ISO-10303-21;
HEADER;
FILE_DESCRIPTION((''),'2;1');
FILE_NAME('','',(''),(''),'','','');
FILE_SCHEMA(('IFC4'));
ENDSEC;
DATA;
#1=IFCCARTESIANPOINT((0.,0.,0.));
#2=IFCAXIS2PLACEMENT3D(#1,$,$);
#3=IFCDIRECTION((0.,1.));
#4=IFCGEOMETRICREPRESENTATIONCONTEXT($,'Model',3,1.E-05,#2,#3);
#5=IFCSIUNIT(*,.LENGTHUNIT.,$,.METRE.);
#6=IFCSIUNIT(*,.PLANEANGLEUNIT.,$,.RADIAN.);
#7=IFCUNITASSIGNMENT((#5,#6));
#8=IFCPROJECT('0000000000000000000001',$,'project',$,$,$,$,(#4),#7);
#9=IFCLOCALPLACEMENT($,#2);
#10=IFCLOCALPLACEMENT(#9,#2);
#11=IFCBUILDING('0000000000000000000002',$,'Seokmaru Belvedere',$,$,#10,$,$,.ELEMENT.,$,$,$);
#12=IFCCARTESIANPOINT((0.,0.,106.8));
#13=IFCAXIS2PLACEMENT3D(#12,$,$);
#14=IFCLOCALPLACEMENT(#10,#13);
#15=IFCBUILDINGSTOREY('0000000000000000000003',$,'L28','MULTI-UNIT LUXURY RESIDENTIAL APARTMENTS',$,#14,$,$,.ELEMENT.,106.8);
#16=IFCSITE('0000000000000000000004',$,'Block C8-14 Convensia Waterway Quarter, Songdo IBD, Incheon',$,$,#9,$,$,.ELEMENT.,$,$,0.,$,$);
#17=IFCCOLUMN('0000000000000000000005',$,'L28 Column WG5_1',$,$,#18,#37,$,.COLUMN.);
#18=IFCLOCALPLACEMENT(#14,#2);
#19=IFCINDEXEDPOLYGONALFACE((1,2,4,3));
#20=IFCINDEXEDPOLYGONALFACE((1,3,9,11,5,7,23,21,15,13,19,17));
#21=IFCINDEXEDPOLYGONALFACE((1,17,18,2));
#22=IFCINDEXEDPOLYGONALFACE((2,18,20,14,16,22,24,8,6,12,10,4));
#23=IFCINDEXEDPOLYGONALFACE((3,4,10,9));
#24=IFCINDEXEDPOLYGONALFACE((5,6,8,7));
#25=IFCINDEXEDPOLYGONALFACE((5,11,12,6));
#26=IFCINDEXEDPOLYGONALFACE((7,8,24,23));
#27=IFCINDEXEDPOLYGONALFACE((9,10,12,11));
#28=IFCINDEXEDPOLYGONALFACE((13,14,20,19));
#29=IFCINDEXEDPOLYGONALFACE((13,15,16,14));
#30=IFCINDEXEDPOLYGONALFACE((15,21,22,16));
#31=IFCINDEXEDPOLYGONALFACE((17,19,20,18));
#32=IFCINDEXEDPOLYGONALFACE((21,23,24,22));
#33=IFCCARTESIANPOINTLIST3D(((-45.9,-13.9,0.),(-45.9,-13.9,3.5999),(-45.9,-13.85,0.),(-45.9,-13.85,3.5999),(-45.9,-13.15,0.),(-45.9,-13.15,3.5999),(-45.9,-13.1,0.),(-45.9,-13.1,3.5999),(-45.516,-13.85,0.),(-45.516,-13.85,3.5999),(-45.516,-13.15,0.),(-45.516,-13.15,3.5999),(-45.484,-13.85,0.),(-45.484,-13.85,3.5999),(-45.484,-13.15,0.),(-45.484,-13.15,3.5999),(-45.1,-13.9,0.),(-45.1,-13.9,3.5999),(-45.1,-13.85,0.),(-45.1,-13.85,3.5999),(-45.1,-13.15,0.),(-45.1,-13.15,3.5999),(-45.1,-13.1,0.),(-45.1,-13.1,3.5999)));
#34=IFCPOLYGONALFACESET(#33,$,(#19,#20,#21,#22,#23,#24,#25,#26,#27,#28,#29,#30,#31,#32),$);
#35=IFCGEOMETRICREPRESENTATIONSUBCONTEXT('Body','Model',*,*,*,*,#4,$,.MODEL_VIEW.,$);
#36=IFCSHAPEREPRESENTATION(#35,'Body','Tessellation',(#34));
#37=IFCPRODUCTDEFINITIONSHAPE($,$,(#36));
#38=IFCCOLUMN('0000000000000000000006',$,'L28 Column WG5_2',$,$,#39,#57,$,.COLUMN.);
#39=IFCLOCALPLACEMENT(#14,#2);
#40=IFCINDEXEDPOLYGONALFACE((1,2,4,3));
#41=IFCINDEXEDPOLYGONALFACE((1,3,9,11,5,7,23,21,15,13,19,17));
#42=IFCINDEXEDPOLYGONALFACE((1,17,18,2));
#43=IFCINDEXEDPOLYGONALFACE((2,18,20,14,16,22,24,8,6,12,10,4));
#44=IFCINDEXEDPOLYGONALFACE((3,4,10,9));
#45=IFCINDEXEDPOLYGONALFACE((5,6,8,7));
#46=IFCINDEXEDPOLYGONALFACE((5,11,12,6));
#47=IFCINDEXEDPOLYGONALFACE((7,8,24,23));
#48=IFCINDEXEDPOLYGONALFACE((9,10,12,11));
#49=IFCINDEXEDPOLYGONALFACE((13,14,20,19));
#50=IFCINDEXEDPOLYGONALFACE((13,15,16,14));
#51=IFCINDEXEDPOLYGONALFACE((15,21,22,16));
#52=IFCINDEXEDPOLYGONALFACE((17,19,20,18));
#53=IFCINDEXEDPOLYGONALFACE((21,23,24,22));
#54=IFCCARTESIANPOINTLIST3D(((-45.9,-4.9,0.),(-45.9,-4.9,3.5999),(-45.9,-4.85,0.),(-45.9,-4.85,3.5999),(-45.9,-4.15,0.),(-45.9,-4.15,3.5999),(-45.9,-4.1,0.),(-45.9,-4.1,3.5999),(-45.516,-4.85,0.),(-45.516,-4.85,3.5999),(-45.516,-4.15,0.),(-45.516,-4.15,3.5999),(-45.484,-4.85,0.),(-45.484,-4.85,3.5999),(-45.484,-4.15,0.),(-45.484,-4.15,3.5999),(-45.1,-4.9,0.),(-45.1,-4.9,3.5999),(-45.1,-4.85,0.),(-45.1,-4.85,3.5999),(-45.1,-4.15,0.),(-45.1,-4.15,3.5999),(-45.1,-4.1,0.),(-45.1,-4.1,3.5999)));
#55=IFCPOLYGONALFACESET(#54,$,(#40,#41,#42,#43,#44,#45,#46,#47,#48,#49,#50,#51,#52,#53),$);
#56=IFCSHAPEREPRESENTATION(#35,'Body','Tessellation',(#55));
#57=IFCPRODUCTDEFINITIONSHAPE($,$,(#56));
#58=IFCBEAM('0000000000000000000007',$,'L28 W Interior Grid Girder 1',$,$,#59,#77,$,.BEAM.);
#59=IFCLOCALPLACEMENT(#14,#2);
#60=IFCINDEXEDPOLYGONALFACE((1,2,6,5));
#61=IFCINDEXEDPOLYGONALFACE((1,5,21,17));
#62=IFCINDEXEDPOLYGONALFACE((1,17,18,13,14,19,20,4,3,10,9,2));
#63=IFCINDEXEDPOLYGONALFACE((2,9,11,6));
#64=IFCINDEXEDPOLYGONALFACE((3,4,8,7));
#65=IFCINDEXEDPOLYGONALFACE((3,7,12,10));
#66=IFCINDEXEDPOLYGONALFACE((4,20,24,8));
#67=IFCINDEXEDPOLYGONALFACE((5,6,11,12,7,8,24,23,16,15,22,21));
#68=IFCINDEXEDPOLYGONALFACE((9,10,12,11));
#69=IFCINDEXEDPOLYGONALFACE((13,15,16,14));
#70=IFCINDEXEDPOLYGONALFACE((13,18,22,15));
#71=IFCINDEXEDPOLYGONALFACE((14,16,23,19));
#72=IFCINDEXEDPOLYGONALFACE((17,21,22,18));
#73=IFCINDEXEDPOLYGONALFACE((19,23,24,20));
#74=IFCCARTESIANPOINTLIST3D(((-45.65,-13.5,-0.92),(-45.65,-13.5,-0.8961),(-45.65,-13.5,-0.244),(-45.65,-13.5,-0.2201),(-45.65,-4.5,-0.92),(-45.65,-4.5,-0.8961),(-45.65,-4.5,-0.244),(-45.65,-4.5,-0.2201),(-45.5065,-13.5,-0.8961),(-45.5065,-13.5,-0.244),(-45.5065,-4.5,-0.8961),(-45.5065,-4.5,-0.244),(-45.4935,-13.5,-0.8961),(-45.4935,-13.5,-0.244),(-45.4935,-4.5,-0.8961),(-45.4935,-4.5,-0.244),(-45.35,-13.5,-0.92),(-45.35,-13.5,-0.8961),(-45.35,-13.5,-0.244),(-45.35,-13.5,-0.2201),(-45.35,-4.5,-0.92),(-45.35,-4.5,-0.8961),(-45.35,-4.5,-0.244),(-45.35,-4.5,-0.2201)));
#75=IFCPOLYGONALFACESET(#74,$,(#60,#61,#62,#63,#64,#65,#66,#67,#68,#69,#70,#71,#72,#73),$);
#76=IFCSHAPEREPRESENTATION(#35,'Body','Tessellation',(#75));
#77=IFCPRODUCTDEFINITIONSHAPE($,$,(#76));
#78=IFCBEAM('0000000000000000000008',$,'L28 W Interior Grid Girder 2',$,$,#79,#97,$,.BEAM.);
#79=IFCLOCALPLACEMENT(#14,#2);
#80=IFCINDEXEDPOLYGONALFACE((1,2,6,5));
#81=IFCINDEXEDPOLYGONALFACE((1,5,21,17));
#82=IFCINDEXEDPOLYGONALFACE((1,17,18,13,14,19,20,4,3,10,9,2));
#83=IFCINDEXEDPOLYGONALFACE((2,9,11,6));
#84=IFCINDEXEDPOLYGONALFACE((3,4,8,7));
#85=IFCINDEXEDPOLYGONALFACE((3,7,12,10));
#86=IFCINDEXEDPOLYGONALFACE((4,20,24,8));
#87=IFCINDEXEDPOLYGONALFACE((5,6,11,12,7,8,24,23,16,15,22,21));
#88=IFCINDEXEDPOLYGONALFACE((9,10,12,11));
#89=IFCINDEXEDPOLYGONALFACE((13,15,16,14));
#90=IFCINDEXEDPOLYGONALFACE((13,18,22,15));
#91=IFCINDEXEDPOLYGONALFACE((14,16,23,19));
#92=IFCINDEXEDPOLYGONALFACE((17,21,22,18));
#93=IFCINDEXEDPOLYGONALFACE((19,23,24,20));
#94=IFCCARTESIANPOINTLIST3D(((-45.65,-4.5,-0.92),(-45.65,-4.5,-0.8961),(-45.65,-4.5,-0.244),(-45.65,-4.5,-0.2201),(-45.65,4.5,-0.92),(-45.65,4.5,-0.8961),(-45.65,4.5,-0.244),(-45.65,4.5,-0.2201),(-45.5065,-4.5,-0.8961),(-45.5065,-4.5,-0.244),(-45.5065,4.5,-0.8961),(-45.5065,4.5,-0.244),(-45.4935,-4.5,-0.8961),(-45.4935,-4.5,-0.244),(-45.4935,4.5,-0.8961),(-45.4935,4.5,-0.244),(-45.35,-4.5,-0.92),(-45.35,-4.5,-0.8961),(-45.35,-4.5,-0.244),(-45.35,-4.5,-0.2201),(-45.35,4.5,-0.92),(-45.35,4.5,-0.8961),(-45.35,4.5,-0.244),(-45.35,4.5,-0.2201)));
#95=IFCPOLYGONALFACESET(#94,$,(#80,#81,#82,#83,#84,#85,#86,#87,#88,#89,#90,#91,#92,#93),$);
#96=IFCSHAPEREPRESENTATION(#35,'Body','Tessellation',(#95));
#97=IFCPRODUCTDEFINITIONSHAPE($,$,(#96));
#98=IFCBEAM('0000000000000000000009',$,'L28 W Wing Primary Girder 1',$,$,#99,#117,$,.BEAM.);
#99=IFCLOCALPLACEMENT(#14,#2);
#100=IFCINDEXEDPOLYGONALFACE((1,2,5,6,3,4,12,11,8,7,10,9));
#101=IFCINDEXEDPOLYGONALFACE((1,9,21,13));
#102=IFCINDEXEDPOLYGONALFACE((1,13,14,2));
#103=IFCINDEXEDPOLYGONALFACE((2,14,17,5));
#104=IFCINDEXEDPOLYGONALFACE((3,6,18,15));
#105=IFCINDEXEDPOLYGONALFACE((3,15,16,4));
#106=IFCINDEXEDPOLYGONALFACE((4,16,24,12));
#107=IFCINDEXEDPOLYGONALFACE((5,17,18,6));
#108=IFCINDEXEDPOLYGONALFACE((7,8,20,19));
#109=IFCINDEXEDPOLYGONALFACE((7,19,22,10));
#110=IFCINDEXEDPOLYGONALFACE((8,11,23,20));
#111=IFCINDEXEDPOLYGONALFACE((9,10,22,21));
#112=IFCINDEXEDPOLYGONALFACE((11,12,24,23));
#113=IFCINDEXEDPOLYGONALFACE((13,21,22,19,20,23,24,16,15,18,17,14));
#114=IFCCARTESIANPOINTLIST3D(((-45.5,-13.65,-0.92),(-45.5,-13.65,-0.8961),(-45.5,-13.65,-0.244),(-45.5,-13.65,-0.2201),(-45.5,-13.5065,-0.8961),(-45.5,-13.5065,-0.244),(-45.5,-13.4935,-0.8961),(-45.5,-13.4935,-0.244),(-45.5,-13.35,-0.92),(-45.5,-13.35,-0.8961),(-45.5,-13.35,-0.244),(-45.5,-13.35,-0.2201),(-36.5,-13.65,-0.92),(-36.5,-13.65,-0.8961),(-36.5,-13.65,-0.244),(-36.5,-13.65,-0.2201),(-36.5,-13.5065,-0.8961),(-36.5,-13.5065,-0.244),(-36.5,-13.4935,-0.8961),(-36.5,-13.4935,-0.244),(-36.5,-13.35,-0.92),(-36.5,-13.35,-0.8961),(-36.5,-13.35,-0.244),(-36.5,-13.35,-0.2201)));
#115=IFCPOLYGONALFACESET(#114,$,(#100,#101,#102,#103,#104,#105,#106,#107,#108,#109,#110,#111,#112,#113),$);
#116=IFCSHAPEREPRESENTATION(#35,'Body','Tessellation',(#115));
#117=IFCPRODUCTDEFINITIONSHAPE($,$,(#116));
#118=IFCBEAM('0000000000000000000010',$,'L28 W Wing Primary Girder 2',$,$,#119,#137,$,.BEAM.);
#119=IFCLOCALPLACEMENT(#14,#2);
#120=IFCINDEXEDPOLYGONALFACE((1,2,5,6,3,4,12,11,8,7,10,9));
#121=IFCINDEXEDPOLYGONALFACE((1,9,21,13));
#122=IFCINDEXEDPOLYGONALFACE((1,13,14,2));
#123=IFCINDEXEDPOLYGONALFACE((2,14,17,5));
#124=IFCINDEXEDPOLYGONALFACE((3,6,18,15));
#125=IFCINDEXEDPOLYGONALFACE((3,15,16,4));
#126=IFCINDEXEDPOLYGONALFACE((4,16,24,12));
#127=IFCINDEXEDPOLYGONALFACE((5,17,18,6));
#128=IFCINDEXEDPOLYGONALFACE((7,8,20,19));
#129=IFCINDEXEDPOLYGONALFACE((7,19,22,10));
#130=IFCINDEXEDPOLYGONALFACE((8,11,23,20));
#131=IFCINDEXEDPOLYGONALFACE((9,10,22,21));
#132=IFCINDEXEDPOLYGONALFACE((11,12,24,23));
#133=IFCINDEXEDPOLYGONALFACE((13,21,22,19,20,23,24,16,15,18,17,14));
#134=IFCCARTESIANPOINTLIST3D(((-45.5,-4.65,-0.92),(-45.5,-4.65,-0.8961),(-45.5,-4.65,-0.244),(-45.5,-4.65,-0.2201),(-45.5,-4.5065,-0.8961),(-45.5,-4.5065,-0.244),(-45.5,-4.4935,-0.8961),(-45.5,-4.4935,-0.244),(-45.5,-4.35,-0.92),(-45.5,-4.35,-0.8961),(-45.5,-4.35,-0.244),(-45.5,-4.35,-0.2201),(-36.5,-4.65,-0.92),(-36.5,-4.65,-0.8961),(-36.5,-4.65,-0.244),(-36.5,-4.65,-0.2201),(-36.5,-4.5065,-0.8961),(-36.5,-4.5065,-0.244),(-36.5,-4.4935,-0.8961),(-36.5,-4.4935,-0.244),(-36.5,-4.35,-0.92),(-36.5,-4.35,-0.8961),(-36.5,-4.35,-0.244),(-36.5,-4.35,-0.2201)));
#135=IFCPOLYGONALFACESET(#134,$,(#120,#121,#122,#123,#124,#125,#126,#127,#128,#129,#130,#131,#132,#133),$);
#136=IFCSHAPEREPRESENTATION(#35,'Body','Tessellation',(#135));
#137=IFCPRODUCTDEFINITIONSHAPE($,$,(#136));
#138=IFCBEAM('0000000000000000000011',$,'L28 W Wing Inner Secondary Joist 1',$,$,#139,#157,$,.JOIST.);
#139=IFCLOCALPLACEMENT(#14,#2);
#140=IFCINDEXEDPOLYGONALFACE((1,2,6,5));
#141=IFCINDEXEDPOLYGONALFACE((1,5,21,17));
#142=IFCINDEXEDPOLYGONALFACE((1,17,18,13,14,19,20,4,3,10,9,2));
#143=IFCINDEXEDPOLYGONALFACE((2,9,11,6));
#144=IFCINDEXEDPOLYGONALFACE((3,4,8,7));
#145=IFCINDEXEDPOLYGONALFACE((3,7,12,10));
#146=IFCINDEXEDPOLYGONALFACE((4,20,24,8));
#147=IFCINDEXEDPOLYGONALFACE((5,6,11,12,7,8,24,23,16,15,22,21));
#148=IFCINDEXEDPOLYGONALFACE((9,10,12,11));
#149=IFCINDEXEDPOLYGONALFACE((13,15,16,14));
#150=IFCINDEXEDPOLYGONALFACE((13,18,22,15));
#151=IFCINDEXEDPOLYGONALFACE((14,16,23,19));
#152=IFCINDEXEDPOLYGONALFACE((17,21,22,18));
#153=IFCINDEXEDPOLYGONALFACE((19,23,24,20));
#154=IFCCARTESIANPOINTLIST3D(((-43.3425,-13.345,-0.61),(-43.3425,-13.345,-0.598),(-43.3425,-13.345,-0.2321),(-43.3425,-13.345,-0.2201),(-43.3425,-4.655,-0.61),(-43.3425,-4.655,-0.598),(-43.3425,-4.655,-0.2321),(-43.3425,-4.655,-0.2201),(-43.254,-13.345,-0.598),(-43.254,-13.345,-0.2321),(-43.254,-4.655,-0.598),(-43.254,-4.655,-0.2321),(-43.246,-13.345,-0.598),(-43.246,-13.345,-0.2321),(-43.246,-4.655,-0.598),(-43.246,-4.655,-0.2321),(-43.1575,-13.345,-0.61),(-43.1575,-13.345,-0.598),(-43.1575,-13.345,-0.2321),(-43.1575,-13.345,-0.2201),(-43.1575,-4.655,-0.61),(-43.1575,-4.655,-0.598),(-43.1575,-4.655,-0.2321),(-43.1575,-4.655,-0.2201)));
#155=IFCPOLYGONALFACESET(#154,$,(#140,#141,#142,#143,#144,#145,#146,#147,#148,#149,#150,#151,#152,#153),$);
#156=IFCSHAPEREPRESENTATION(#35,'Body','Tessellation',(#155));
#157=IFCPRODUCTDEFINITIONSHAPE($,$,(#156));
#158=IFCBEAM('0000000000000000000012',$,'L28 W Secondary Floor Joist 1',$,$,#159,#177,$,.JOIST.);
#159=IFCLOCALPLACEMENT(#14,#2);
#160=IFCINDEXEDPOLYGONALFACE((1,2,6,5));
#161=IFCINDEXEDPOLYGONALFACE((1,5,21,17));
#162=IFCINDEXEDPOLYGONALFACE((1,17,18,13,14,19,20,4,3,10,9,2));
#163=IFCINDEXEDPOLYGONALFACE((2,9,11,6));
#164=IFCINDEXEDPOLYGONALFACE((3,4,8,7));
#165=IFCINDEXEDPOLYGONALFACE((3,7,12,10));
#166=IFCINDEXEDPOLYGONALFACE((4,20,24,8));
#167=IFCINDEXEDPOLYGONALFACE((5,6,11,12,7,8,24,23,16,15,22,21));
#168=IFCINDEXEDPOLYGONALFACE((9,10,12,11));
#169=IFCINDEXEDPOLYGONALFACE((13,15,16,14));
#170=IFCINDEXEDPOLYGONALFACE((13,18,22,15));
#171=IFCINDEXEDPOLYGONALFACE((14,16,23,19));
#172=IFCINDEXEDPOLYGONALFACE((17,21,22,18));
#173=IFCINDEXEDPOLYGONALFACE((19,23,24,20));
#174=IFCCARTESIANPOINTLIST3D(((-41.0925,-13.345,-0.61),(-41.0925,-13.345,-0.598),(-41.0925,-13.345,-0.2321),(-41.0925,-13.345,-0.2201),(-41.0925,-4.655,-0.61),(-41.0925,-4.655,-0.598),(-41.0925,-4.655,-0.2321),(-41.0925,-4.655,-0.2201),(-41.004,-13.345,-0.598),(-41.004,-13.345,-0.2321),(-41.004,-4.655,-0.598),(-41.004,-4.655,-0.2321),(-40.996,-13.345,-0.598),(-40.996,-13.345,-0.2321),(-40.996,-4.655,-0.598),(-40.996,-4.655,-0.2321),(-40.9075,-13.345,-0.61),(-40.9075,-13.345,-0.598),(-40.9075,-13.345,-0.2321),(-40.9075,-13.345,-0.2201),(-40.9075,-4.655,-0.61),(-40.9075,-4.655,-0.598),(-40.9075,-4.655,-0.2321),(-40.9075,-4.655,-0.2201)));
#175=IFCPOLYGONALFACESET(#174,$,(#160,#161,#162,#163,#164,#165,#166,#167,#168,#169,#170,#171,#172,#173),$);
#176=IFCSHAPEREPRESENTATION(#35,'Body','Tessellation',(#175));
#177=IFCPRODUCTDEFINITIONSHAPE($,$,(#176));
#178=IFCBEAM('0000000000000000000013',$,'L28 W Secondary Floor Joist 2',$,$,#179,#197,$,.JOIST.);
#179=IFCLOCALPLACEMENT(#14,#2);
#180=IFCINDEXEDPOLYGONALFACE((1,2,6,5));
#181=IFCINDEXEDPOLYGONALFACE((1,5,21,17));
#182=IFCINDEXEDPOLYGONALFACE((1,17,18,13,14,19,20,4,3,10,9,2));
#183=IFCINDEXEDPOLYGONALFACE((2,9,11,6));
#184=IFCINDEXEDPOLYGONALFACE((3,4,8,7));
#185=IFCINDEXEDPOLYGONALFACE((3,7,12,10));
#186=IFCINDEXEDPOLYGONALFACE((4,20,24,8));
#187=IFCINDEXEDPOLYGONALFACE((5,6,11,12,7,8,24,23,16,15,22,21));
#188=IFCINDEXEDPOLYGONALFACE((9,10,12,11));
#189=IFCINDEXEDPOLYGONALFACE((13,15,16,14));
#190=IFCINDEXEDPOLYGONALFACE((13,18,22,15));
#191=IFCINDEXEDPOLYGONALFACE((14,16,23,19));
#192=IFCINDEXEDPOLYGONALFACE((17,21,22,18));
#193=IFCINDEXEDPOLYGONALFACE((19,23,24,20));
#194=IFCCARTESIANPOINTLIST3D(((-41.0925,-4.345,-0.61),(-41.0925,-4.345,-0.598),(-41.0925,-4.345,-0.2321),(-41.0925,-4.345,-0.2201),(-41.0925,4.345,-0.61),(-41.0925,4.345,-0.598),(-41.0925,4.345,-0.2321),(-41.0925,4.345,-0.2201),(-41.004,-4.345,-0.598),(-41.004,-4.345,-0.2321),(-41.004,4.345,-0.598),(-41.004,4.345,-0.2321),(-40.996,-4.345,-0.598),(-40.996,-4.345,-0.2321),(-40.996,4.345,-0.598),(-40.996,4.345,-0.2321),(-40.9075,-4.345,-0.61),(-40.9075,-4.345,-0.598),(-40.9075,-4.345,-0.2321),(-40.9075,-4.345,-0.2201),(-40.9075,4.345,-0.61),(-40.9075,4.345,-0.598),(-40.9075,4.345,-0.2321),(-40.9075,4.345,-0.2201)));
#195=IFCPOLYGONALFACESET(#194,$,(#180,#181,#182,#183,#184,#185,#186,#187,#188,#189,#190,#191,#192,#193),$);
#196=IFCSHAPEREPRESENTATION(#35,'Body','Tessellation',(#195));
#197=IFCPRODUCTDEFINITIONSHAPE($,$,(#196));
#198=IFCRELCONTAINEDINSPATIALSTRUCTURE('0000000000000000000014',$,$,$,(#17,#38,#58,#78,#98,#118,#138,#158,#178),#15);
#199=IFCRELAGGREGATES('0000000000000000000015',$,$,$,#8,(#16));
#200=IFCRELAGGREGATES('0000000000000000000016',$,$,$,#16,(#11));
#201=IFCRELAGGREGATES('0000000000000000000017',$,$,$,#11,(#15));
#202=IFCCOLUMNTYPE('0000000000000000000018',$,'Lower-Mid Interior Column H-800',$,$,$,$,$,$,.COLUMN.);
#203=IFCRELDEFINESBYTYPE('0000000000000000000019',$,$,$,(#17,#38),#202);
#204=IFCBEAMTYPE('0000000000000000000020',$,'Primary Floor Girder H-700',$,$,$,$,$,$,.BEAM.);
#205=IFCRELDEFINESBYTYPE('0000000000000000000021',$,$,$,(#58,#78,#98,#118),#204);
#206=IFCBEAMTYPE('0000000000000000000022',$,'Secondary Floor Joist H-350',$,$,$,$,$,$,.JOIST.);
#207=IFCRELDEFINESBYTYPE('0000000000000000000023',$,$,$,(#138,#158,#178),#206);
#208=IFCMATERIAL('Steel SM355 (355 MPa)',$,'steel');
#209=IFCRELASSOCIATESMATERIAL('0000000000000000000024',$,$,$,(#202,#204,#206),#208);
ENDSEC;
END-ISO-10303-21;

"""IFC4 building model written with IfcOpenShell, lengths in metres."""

from ifc_helpers import new_model, si_unit, direction, frame, origin, origin_2d, place, context, subcontext, project, spatial, i_section, extrude, source, transform, mapped, material, material_profile, profile_set, type_object, type_shapes, element, save


model = new_model("IFC4")

# Units and contexts
model_context = context("Model", 3, precision=1e-05, world=origin(), true_north=direction((0.0, 1.0)))
body_context = subcontext(model_context, "Body", "Model", "MODEL_VIEW")
ifc_project = project(units=[si_unit("LENGTHUNIT", "METRE"), si_unit("PLANEANGLEUNIT", "RADIAN")], contexts=[model_context])

# Site, building, storey
site_placement = place(None, origin())
site = spatial("IfcSite", under=ifc_project, at=site_placement, Name="Block C8-14 Convensia Waterway Quarter, Songdo IBD, Incheon", CompositionType="ELEMENT", RefElevation=0.0)
building_placement = place(site_placement, origin())
building = spatial("IfcBuilding", under=site, at=building_placement, Name="Seokmaru Belvedere", CompositionType="ELEMENT")
storey_placement = place(building_placement, frame((0.0, 0.0, 106.8)))
storey = spatial("IfcBuildingStorey", under=building, at=storey_placement, Name="L28", Description="MULTI-UNIT LUXURY RESIDENTIAL APARTMENTS", CompositionType="ELEMENT", Elevation=106.8)

# Columns
ifc_material_1 = material(Name="Steel SM355 (355 MPa)", Category="steel")
ifc_material_profile_1 = material_profile(ifc_material_1, i_section(OverallWidth=0.8, OverallDepth=0.8, WebThickness=0.032, FlangeThickness=0.05, at=origin_2d()), Name="H-800x800x32x50")
ifc_profile_set_1 = profile_set([ifc_material_profile_1], Name="Steel SM355 (355 MPa)")
column_type = type_object("IfcColumnType", Name="Lower-Mid Interior Column H-800", PredefinedType="COLUMN", material=ifc_profile_set_1)
shared_shape_1 = source(origin(), body_context, "Body", "SweptSolid", [
    extrude(i_section(OverallWidth=0.8, OverallDepth=0.8, WebThickness=0.032, FlangeThickness=0.05, at=origin_2d()), origin(), (0.0, 0.0, 1.0), 3.5999),
])
type_shapes(column_type, [shared_shape_1])
for number, where, z_axis, x_axis, name in (
    (1, (-45.5, -13.5, 0.0), (0.0, 0.0, 1.0), (1.0, 0.0, 0.0), "L28 Column WG5_1"),
    (2, (-45.5, -4.5, 0.0), (0.0, 0.0, 1.0), (1.0, 0.0, 0.0), "L28 Column WG5_2"),
):
    element("IfcColumn", number, at=place(storey_placement, frame(where, z_axis=z_axis, x_axis=x_axis)), inside=storey, type_object=column_type, Name=name, PredefinedType="COLUMN", context=body_context, shape_type="MappedRepresentation", body=[
        mapped(shared_shape_1, transform((0.0, 0.0, 0.0), scale=1.0)),
    ])

# Beams
ifc_material_profile_2 = material_profile(ifc_material_1, i_section(OverallWidth=0.3, OverallDepth=0.7, WebThickness=0.0129, FlangeThickness=0.0239, at=origin_2d()), Name="H-700x300x13x24")
ifc_profile_set_2 = profile_set([ifc_material_profile_2], Name="Steel SM355 (355 MPa)")
beam_type_1 = type_object("IfcBeamType", Name="Primary Floor Girder H-700", PredefinedType="BEAM", material=ifc_profile_set_2)
shared_shape_2 = source(origin(), body_context, "Body", "SweptSolid", [
    extrude(i_section(OverallWidth=0.3, OverallDepth=0.7, WebThickness=0.0129, FlangeThickness=0.0239, at=origin_2d()), origin(), (0.0, 0.0, 1.0), 9.0),
])
type_shapes(beam_type_1, [shared_shape_2])
for number, where, z_axis, x_axis, name in (
    (3, (-45.5, -13.5, -0.5701), (0.0, 1.0, 0.0), (-1.0, 0.0, 0.0), "L28 W Interior Grid Girder 1"),
    (4, (-45.5, -4.5, -0.5701), (0.0, 1.0, 0.0), (-1.0, 0.0, 0.0), "L28 W Interior Grid Girder 2"),
    (5, (-45.5, -13.5, -0.5701), (1.0, 0.0, 0.0), (0.0, 1.0, 0.0), "L28 W Wing Primary Girder 1"),
    (6, (-45.5, -4.5, -0.5701), (1.0, 0.0, 0.0), (0.0, 1.0, 0.0), "L28 W Wing Primary Girder 2"),
):
    element("IfcBeam", number, at=place(storey_placement, frame(where, z_axis=z_axis, x_axis=x_axis)), inside=storey, type_object=beam_type_1, Name=name, PredefinedType="BEAM", context=body_context, shape_type="MappedRepresentation", body=[
        mapped(shared_shape_2, transform((0.0, 0.0, 0.0), scale=1.0)),
    ])
ifc_material_profile_3 = material_profile(ifc_material_1, i_section(OverallWidth=0.1851, OverallDepth=0.3899, WebThickness=0.0081, FlangeThickness=0.012, at=origin_2d()), Name="H-390x185x8x12")
ifc_profile_set_3 = profile_set([ifc_material_profile_3], Name="Steel SM355 (355 MPa)")
beam_type_2 = type_object("IfcBeamType", Name="Secondary Floor Joist H-350", PredefinedType="JOIST", material=ifc_profile_set_3)
shared_shape_3 = source(origin(), body_context, "Body", "SweptSolid", [
    extrude(i_section(OverallWidth=0.1851, OverallDepth=0.3899, WebThickness=0.0081, FlangeThickness=0.012, at=origin_2d()), origin(), (0.0, 0.0, 1.0), 8.6899),
])
type_shapes(beam_type_2, [shared_shape_3])
for number, where, z_axis, x_axis, name in (
    (7, (-43.25, -13.345, -0.415), (0.0, 1.0, 0.0), (-1.0, 0.0, 0.0), "L28 W Wing Inner Secondary Joist 1"),
    (8, (-41.0, -13.345, -0.415), (0.0, 1.0, 0.0), (-1.0, 0.0, 0.0), "L28 W Secondary Floor Joist 1"),
    (9, (-41.0, -4.345, -0.415), (0.0, 1.0, 0.0), (-1.0, 0.0, 0.0), "L28 W Secondary Floor Joist 2"),
):
    element("IfcBeam", number, at=place(storey_placement, frame(where, z_axis=z_axis, x_axis=x_axis)), inside=storey, type_object=beam_type_2, Name=name, PredefinedType="JOIST", context=body_context, shape_type="MappedRepresentation", body=[
        mapped(shared_shape_3, transform((0.0, 0.0, 0.0), scale=1.0)),
    ])

save(model, "model.ifc")
